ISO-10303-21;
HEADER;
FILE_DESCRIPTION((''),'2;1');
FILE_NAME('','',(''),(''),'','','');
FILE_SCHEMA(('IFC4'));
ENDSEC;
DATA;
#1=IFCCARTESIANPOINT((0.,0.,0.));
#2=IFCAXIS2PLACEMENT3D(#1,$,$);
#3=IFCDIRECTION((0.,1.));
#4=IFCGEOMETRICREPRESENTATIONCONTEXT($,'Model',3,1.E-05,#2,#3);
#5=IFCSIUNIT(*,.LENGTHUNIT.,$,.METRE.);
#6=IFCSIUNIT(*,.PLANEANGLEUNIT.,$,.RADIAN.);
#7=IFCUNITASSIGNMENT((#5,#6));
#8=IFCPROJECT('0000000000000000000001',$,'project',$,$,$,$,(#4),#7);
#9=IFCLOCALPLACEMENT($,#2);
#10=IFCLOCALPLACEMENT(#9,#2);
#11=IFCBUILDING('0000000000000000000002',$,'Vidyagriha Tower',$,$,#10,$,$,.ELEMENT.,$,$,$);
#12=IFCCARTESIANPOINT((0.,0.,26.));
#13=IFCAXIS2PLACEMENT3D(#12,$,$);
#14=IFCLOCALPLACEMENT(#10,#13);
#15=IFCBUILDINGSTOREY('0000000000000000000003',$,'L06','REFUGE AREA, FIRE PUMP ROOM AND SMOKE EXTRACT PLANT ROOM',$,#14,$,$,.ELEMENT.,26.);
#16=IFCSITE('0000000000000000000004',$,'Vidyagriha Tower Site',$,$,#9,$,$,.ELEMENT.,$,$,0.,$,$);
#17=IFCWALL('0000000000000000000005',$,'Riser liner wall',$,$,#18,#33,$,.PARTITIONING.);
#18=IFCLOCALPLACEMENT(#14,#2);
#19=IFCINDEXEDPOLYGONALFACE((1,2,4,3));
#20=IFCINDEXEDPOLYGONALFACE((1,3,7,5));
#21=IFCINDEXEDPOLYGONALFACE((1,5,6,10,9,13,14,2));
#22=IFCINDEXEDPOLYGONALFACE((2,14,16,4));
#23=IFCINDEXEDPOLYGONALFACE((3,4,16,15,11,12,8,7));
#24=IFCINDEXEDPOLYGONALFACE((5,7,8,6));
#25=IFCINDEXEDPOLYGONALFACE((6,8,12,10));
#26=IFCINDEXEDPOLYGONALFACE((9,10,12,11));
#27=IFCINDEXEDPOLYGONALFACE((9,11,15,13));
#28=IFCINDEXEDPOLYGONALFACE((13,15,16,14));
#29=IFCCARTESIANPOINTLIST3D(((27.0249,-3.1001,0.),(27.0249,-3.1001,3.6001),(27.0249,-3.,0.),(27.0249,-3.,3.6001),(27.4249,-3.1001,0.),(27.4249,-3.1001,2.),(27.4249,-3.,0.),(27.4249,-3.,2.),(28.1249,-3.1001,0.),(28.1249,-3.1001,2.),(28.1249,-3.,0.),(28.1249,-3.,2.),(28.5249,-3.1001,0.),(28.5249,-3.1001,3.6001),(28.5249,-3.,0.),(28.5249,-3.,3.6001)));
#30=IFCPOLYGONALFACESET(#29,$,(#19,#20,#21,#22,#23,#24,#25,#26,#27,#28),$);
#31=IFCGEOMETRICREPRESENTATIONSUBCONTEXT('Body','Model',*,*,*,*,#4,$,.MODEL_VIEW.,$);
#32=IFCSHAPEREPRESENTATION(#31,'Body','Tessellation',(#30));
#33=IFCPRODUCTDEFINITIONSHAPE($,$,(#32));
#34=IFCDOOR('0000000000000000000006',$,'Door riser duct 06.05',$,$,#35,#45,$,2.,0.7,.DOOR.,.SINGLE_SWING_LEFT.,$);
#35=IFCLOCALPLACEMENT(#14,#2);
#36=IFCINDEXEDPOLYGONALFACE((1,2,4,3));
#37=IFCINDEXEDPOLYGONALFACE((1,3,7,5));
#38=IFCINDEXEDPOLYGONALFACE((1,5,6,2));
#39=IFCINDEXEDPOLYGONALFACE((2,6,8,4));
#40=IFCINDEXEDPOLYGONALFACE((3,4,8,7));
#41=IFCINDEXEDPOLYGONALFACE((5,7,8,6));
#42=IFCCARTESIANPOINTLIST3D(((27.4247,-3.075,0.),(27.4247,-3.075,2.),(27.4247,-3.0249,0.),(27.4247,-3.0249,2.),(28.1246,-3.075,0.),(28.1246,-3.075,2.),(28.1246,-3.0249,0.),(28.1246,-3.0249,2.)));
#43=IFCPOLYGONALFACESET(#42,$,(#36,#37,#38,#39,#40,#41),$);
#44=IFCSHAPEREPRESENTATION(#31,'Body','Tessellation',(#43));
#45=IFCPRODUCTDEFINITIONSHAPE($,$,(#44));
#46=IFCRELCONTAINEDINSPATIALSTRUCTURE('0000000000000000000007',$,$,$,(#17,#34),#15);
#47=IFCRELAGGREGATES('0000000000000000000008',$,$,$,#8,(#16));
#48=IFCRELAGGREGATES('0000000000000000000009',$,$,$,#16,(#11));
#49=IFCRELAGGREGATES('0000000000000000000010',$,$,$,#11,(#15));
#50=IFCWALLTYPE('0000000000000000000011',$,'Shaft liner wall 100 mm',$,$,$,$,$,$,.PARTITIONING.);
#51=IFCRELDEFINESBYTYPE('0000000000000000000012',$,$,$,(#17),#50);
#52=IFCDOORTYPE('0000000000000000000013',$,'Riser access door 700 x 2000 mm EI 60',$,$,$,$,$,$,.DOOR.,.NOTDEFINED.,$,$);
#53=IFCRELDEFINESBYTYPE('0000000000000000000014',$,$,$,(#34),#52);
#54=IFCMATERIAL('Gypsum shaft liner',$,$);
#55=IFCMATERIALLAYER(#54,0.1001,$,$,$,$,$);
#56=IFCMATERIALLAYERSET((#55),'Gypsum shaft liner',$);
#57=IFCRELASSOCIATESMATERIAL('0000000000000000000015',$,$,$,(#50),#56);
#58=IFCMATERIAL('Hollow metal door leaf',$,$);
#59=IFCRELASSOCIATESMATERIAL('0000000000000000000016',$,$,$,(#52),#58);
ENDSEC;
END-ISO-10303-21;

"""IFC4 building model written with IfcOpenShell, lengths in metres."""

from ifc_helpers import new_model, si_unit, direction, frame, frame_2d, origin, place, context, subcontext, project, spatial, rectangle, extrude, material, layer, layer_set, type_object, element, fill, save


model = new_model("IFC4")

# Units and contexts
model_context = context("Model", 3, precision=1e-05, world=origin(), true_north=direction((0.0, 1.0)))
body_context = subcontext(model_context, "Body", "Model", "MODEL_VIEW")
ifc_project = project(units=[si_unit("LENGTHUNIT", "METRE"), si_unit("PLANEANGLEUNIT", "RADIAN")], contexts=[model_context])

# Site, building, storey
site_placement = place(None, origin())
site = spatial("IfcSite", under=ifc_project, at=site_placement, Name="Vidyagriha Tower Site", CompositionType="ELEMENT", RefElevation=0.0)
building_placement = place(site_placement, origin())
building = spatial("IfcBuilding", under=site, at=building_placement, Name="Vidyagriha Tower", CompositionType="ELEMENT")
storey_placement = place(building_placement, frame((0.0, 0.0, 26.0)))
storey = spatial("IfcBuildingStorey", under=building, at=storey_placement, Name="L06", Description="REFUGE AREA, FIRE PUMP ROOM AND SMOKE EXTRACT PLANT ROOM", CompositionType="ELEMENT", Elevation=26.0)

# Shared definitions
ifc_material_1 = material(Name="Gypsum shaft liner")
ifc_layer_1 = layer(ifc_material_1, 0.1001)
ifc_layer_set_1 = layer_set([ifc_layer_1], Name="Gypsum shaft liner")
wall_type = type_object("IfcWallType", Name="Shaft liner wall 100 mm", PredefinedType="PARTITIONING", material=ifc_layer_set_1)

# Wall, opening, door
wall_placement = place(storey_placement, frame((27.0249, -3.05, 0.0)))
wall = element("IfcWall", 1, at=wall_placement, inside=storey, type_object=wall_type, Name="Riser liner wall", PredefinedType="PARTITIONING", context=body_context, shape_type="SweptSolid", body=[
    extrude(rectangle(XDim=1.5, YDim=0.1001, at=frame_2d((0.75, 0.0))), origin(), (0.0, 0.0, 1.0), 3.6001),
])
opening_placement = place(wall_placement, frame((0.3999, 0.0, 0.0)))
opening = element("IfcOpeningElement", 2, at=opening_placement, cuts=wall, PredefinedType="OPENING", context=body_context, shape_type="SweptSolid", body=[
    extrude(rectangle(XDim=0.7, YDim=2.0, at=frame_2d((0.3501, 1.0))), frame((0.0, 0.0601, 0.0), z_axis=(0.0, -1.0, 0.0), x_axis=(1.0, 0.0, 0.0)), (0.0, 0.0, 1.0), 0.1201),
])
ifc_material_2 = material(Name="Hollow metal door leaf")
door_type = type_object("IfcDoorType", Name="Riser access door 700 x 2000 mm EI 60", OperationType="NOTDEFINED", PredefinedType="DOOR", material=ifc_material_2)
door_placement = place(opening_placement, frame((0.7, 0.0, 0.0), z_axis=(0.0, 0.0, 1.0), x_axis=(-1.0, 0.0, 0.0)))
door = element("IfcDoor", 3, at=door_placement, inside=storey, type_object=door_type, Name="Door riser duct 06.05", OperationType="SINGLE_SWING_LEFT", OverallHeight=2.0, OverallWidth=0.7, PredefinedType="DOOR", context=body_context, shape_type="SweptSolid", body=[
    extrude(rectangle(XDim=0.7, YDim=2.0, at=frame_2d((0.3501, 1.0))), frame((0.0, 0.0249, 0.0), z_axis=(0.0, -1.0, 0.0), x_axis=(1.0, 0.0, 0.0)), (0.0, 0.0, 1.0), 0.05),
])
fill(opening, door)

save(model, "model.ifc")
